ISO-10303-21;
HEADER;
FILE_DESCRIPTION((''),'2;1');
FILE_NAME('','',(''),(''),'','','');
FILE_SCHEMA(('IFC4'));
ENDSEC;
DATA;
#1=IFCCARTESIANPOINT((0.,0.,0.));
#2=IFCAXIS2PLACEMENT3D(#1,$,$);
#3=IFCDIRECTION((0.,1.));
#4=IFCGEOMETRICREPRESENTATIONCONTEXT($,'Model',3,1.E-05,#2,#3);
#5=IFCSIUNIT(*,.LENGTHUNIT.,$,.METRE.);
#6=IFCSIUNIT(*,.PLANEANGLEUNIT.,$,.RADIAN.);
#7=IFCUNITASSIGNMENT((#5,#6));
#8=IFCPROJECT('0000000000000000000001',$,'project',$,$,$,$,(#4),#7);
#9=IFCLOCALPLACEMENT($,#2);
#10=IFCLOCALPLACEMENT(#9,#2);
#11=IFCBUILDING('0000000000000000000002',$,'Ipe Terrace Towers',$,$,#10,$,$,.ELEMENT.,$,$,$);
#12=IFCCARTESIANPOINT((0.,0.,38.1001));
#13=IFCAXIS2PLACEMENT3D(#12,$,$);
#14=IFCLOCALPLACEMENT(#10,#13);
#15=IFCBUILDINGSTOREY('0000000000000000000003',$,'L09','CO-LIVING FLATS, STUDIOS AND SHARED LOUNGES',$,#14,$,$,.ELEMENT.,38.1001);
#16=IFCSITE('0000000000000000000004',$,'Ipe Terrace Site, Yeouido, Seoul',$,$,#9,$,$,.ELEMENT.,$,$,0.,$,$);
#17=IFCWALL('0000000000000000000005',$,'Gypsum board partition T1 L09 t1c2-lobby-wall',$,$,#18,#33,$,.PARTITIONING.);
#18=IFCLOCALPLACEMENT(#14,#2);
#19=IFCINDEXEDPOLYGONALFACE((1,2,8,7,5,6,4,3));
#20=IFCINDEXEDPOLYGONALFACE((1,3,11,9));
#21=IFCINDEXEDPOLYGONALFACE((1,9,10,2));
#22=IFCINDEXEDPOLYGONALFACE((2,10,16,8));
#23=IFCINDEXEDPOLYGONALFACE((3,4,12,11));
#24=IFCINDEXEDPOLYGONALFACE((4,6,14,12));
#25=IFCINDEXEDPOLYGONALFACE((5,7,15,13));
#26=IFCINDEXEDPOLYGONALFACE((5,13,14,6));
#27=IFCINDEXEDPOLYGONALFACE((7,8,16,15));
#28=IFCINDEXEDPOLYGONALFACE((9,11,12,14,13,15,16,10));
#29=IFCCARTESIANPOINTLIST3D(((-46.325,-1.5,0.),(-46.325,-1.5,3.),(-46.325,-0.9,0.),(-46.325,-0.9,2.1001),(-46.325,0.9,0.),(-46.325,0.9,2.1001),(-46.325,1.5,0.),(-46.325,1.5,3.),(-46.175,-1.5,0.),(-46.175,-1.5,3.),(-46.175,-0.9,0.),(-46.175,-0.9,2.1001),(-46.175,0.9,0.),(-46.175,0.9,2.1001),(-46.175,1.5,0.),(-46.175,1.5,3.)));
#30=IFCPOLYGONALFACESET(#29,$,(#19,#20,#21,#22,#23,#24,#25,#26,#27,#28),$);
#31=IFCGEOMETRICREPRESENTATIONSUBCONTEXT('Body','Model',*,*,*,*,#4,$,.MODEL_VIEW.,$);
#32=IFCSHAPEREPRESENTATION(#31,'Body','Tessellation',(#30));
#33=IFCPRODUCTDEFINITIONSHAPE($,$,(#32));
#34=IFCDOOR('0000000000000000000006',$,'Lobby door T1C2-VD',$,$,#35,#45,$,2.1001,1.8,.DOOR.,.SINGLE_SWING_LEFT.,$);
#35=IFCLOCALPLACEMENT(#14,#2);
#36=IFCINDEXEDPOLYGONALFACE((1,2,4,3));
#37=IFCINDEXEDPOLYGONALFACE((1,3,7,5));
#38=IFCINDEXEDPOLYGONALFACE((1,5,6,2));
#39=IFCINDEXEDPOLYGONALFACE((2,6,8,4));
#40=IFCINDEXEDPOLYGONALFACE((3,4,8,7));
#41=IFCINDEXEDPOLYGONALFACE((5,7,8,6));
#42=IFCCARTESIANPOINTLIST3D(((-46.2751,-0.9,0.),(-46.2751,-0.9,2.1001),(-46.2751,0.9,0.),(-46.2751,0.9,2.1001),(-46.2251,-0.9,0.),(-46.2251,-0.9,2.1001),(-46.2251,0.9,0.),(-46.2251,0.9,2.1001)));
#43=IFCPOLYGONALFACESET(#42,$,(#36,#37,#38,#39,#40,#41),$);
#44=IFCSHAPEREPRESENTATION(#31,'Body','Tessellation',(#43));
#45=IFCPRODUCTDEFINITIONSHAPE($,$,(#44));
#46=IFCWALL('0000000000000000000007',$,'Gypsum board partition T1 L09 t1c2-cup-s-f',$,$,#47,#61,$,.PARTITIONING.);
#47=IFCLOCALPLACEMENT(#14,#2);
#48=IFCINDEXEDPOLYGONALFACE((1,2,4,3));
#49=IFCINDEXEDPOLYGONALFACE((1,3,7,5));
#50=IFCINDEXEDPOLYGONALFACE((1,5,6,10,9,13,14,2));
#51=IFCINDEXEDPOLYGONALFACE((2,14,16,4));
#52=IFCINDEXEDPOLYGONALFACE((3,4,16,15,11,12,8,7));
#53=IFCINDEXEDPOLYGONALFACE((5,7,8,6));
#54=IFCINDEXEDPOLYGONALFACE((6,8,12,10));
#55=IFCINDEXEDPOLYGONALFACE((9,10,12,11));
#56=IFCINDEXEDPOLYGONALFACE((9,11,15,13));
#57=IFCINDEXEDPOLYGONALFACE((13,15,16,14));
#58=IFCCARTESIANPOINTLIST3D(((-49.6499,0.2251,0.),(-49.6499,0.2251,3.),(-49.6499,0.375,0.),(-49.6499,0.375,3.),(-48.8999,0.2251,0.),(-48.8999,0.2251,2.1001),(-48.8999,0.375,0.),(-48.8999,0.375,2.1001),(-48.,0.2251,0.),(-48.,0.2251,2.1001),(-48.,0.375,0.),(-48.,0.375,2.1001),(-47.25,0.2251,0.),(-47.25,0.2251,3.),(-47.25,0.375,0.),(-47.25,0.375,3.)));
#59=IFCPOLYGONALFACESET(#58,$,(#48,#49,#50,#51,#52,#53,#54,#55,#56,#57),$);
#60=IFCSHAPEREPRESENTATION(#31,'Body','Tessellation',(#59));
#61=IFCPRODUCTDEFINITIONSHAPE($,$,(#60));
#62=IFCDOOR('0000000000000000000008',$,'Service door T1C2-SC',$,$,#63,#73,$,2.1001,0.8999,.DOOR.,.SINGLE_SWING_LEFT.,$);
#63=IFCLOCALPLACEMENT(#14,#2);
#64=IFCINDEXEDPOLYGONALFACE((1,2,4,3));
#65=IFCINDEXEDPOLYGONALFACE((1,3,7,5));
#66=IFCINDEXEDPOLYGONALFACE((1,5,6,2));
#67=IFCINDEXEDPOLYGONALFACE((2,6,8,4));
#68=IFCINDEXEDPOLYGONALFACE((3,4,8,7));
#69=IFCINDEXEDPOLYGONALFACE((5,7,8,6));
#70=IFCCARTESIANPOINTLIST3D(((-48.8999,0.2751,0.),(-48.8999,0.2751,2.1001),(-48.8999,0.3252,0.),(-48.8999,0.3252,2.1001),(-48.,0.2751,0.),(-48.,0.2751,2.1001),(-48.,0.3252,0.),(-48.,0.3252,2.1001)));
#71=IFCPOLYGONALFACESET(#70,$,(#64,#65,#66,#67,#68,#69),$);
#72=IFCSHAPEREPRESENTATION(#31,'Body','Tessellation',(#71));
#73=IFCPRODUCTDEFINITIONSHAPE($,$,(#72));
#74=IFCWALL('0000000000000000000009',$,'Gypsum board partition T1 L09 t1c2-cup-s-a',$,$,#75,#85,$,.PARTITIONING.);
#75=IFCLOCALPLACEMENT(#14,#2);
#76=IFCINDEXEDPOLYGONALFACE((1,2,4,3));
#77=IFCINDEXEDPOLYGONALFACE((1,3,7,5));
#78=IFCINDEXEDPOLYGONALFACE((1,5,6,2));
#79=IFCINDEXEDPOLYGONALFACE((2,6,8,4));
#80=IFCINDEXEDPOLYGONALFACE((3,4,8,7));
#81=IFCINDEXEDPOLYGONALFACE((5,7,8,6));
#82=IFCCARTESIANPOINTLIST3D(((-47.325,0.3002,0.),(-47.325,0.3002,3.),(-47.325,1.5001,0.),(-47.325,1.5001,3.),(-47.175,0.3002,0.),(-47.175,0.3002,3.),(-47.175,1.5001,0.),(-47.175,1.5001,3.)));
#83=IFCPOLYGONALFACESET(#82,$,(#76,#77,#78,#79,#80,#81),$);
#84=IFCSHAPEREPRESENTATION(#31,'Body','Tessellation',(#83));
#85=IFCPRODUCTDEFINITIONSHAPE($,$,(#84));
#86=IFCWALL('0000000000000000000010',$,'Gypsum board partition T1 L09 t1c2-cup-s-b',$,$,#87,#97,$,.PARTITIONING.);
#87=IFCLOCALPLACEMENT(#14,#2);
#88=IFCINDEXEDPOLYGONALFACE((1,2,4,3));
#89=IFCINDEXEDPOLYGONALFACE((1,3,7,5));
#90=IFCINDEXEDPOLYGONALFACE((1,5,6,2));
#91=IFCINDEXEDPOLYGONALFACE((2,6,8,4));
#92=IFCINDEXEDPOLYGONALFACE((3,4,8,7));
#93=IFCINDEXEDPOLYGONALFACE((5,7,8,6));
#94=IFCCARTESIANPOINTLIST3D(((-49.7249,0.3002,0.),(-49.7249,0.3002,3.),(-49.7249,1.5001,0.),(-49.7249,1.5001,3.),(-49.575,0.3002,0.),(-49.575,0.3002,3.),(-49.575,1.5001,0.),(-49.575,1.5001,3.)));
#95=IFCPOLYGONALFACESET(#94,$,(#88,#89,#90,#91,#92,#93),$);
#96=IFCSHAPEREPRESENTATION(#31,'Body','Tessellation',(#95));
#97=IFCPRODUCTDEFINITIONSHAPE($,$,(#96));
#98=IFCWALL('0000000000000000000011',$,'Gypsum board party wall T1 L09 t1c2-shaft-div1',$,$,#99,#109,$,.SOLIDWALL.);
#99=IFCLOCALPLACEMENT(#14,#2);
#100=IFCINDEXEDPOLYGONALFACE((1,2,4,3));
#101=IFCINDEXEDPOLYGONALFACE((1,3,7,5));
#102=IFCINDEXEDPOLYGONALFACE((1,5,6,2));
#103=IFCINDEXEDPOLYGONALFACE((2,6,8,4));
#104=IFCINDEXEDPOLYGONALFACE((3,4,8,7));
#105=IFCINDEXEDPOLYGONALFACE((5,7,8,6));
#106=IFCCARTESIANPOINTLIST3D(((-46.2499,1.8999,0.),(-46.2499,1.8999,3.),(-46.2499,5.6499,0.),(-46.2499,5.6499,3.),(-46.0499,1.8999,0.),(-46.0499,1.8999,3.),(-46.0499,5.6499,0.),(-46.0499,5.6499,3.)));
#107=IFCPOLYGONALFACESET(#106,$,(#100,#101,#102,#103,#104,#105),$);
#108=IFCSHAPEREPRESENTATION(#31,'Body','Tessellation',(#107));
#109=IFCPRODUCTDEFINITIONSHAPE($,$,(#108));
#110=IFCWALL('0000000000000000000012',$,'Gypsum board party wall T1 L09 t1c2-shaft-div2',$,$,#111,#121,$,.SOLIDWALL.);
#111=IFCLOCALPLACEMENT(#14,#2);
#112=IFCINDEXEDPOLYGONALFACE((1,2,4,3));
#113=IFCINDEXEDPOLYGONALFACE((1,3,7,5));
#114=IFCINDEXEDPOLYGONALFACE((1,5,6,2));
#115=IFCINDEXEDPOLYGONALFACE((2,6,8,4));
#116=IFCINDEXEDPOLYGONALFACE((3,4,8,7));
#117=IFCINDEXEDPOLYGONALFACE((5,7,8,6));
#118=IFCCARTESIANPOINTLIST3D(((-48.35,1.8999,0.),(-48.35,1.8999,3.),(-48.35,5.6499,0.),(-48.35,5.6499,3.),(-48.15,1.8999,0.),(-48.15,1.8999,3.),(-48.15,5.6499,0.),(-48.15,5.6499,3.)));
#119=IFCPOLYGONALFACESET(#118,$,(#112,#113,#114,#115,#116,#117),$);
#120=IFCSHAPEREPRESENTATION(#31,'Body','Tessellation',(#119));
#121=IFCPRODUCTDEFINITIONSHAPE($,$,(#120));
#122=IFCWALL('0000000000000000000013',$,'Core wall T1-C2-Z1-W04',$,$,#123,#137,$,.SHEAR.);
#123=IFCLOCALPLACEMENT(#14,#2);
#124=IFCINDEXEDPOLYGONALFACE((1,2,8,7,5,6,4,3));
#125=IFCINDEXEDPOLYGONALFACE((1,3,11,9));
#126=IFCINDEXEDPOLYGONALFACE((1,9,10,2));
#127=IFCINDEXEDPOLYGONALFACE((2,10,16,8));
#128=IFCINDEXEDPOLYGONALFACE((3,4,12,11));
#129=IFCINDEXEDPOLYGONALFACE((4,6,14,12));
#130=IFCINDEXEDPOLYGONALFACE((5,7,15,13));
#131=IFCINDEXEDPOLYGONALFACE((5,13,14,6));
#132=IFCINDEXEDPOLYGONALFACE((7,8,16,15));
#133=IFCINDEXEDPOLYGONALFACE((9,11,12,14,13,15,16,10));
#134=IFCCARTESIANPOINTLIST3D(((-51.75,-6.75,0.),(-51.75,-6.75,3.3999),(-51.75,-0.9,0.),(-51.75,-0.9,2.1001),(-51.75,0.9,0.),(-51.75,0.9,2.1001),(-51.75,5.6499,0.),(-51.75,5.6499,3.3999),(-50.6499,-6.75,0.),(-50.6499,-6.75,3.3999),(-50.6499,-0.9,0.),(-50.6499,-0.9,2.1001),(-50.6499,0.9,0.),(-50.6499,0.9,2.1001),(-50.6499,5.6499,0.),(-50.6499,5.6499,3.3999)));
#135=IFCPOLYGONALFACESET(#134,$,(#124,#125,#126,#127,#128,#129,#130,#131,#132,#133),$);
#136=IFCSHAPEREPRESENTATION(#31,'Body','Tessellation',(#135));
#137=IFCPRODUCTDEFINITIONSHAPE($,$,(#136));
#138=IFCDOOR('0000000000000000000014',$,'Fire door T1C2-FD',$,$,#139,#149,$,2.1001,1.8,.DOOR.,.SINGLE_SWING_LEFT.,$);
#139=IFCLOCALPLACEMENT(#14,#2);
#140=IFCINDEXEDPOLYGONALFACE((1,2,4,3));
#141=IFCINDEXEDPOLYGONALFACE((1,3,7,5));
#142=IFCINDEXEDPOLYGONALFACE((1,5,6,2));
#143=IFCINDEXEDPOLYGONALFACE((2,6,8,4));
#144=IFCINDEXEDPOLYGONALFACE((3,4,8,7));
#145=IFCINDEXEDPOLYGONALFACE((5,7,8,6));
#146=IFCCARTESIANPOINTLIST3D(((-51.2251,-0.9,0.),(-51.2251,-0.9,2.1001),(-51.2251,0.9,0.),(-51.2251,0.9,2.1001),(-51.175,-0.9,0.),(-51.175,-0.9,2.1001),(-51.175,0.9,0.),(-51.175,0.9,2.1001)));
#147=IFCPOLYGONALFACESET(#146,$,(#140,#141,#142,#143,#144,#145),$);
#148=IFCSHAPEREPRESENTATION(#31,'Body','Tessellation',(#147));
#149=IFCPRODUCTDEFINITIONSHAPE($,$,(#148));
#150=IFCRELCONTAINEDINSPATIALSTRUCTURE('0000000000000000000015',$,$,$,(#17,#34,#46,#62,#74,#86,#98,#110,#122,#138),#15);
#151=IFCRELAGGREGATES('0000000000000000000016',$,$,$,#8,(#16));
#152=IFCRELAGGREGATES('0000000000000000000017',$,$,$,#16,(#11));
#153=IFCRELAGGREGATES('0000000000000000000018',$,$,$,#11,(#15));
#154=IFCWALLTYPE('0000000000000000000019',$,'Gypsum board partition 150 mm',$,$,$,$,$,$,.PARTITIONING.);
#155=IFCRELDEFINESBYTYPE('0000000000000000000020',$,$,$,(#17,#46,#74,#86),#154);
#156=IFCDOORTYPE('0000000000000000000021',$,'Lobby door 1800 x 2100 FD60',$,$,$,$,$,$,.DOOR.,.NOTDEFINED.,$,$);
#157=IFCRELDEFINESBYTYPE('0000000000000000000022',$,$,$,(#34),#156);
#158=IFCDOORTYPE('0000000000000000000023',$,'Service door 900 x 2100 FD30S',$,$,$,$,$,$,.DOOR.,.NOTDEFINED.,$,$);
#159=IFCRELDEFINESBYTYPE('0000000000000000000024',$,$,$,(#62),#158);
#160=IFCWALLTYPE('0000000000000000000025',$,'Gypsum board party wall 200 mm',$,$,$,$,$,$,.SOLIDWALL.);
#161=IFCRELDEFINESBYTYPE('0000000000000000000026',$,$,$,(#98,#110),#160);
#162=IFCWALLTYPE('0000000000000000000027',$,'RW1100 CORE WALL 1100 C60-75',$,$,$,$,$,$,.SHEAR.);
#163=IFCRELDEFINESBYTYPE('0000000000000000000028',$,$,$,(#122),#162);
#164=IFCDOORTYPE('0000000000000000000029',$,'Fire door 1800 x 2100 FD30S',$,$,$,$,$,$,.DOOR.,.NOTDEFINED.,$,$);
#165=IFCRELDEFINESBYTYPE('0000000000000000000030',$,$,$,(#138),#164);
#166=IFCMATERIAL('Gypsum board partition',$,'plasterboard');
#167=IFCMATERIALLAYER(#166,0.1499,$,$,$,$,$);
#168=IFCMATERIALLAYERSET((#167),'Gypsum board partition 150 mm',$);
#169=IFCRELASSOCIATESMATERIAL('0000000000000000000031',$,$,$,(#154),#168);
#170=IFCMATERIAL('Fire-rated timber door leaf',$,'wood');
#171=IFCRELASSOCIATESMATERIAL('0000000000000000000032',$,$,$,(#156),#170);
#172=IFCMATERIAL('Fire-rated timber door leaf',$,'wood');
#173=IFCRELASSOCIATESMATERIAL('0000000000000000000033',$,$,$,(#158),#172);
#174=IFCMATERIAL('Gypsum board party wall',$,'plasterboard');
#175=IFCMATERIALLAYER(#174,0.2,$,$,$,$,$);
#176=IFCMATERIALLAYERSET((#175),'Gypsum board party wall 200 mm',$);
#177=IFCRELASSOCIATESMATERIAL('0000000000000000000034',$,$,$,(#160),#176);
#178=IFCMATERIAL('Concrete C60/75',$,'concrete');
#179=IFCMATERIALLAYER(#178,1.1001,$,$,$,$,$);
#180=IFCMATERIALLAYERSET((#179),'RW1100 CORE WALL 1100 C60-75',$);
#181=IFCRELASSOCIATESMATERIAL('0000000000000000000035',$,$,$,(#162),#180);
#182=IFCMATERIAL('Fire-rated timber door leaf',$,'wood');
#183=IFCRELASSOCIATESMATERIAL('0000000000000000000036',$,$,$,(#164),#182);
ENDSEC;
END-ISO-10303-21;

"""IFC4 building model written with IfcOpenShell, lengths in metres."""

from ifc_helpers import new_model, si_unit, direction, frame, frame_2d, origin, place, context, subcontext, project, spatial, rectangle, extrude, material, layer, layer_set, type_object, element, fill, save


model = new_model("IFC4")

# Units and contexts
model_context = context("Model", 3, precision=1e-05, world=origin(), true_north=direction((0.0, 1.0)))
body_context = subcontext(model_context, "Body", "Model", "MODEL_VIEW")
ifc_project = project(units=[si_unit("LENGTHUNIT", "METRE"), si_unit("PLANEANGLEUNIT", "RADIAN")], contexts=[model_context])

# Site, building, storey
site_placement = place(None, origin())
site = spatial("IfcSite", under=ifc_project, at=site_placement, Name="Ipe Terrace Site, Yeouido, Seoul", CompositionType="ELEMENT", RefElevation=0.0)
building_placement = place(site_placement, origin())
building = spatial("IfcBuilding", under=site, at=building_placement, Name="Ipe Terrace Towers", CompositionType="ELEMENT")
storey_placement = place(building_placement, frame((0.0, 0.0, 38.1001)))
storey = spatial("IfcBuildingStorey", under=building, at=storey_placement, Name="L09", Description="CO-LIVING FLATS, STUDIOS AND SHARED LOUNGES", CompositionType="ELEMENT", Elevation=38.1001)

# Walls, openings, doors
ifc_material_1 = material(Name="Gypsum board partition", Category="plasterboard")
ifc_layer_1 = layer(ifc_material_1, 0.1499)
ifc_layer_set_1 = layer_set([ifc_layer_1], Name="Gypsum board partition 150 mm")
wall_type_1 = type_object("IfcWallType", Name="Gypsum board partition 150 mm", PredefinedType="PARTITIONING", material=ifc_layer_set_1)
wall_1_placement = place(storey_placement, frame((-46.25, 1.5, 0.0), z_axis=(0.0, 0.0, 1.0), x_axis=(0.0, -1.0, 0.0)))
wall_1 = element("IfcWall", 1, at=wall_1_placement, inside=storey, type_object=wall_type_1, Name="Gypsum board partition T1 L09 t1c2-lobby-wall", PredefinedType="PARTITIONING", context=body_context, shape_type="SweptSolid", body=[
    extrude(rectangle(XDim=3.0, YDim=0.1499, at=frame_2d((1.5, 0.0))), origin(), (0.0, 0.0, 1.0), 3.0),
])
opening_1_placement = place(wall_1_placement, frame((0.6001, 0.0, 0.0)))
opening_1 = element("IfcOpeningElement", 2, at=opening_1_placement, cuts=wall_1, PredefinedType="OPENING", context=body_context, shape_type="SweptSolid", body=[
    extrude(rectangle(XDim=1.8, YDim=2.1001, at=frame_2d((0.8999, 1.05))), frame((0.0, 0.085, 0.0), z_axis=(0.0, -1.0, 0.0), x_axis=(1.0, 0.0, 0.0)), (0.0, 0.0, 1.0), 0.1699),
])
ifc_material_2 = material(Name="Fire-rated timber door leaf", Category="wood")
door_type_1 = type_object("IfcDoorType", Name="Lobby door 1800 x 2100 FD60", OperationType="NOTDEFINED", PredefinedType="DOOR", material=ifc_material_2)
door_1_placement = place(opening_1_placement, origin())
door_1 = element("IfcDoor", 3, at=door_1_placement, inside=storey, type_object=door_type_1, Name="Lobby door T1C2-VD", OperationType="SINGLE_SWING_LEFT", OverallHeight=2.1001, OverallWidth=1.8, PredefinedType="DOOR", context=body_context, shape_type="SweptSolid", body=[
    extrude(rectangle(XDim=1.8, YDim=2.1001, at=frame_2d((0.8999, 1.05))), frame((0.0, 0.0249, 0.0), z_axis=(0.0, -1.0, 0.0), x_axis=(1.0, 0.0, 0.0)), (0.0, 0.0, 1.0), 0.05),
])
fill(opening_1, door_1)
wall_2_placement = place(storey_placement, frame((-47.25, 0.3, 0.0), z_axis=(0.0, 0.0, 1.0), x_axis=(-1.0, 0.0, 0.0)))
wall_2 = element("IfcWall", 4, at=wall_2_placement, inside=storey, type_object=wall_type_1, Name="Gypsum board partition T1 L09 t1c2-cup-s-f", PredefinedType="PARTITIONING", context=body_context, shape_type="SweptSolid", body=[
    extrude(rectangle(XDim=2.3999, YDim=0.1499, at=frame_2d((1.2, 0.0))), origin(), (0.0, 0.0, 1.0), 3.0),
])
opening_2_placement = place(wall_2_placement, frame((0.75, 0.0, 0.0)))
opening_2 = element("IfcOpeningElement", 5, at=opening_2_placement, cuts=wall_2, PredefinedType="OPENING", context=body_context, shape_type="SweptSolid", body=[
    extrude(rectangle(XDim=0.8999, YDim=2.1001, at=frame_2d((0.45, 1.05))), frame((0.0, 0.085, 0.0), z_axis=(0.0, -1.0, 0.0), x_axis=(1.0, 0.0, 0.0)), (0.0, 0.0, 1.0), 0.1699),
])
ifc_material_3 = material(Name="Fire-rated timber door leaf", Category="wood")
door_type_2 = type_object("IfcDoorType", Name="Service door 900 x 2100 FD30S", OperationType="NOTDEFINED", PredefinedType="DOOR", material=ifc_material_3)
door_2_placement = place(opening_2_placement, origin())
door_2 = element("IfcDoor", 6, at=door_2_placement, inside=storey, type_object=door_type_2, Name="Service door T1C2-SC", OperationType="SINGLE_SWING_LEFT", OverallHeight=2.1001, OverallWidth=0.8999, PredefinedType="DOOR", context=body_context, shape_type="SweptSolid", body=[
    extrude(rectangle(XDim=0.8999, YDim=2.1001, at=frame_2d((0.45, 1.05))), frame((0.0, 0.0249, 0.0), z_axis=(0.0, -1.0, 0.0), x_axis=(1.0, 0.0, 0.0)), (0.0, 0.0, 1.0), 0.05),
])
fill(opening_2, door_2)

# Walls
for number, where, z_axis, x_axis, name in (
    (7, (-47.25, 0.3, 0.0), (0.0, 0.0, 1.0), (0.0, 1.0, 0.0), "Gypsum board partition T1 L09 t1c2-cup-s-a"),
    (8, (-49.6499, 0.3, 0.0), (0.0, 0.0, 1.0), (0.0, 1.0, 0.0), "Gypsum board partition T1 L09 t1c2-cup-s-b"),
):
    element("IfcWall", number, at=place(storey_placement, frame(where, z_axis=z_axis, x_axis=x_axis)), inside=storey, type_object=wall_type_1, Name=name, PredefinedType="PARTITIONING", context=body_context, shape_type="SweptSolid", body=[
        extrude(rectangle(XDim=1.2, YDim=0.1499, at=frame_2d((0.6001, 0.0))), origin(), (0.0, 0.0, 1.0), 3.0),
    ])
ifc_material_4 = material(Name="Gypsum board party wall", Category="plasterboard")
ifc_layer_2 = layer(ifc_material_4, 0.2)
ifc_layer_set_2 = layer_set([ifc_layer_2], Name="Gypsum board party wall 200 mm")
wall_type_2 = type_object("IfcWallType", Name="Gypsum board party wall 200 mm", PredefinedType="SOLIDWALL", material=ifc_layer_set_2)
for number, where, z_axis, x_axis, name in (
    (9, (-46.1499, 5.6499, 0.0), (0.0, 0.0, 1.0), (0.0, -1.0, 0.0), "Gypsum board party wall T1 L09 t1c2-shaft-div1"),
    (10, (-48.25, 5.6499, 0.0), (0.0, 0.0, 1.0), (0.0, -1.0, 0.0), "Gypsum board party wall T1 L09 t1c2-shaft-div2"),
):
    element("IfcWall", number, at=place(storey_placement, frame(where, z_axis=z_axis, x_axis=x_axis)), inside=storey, type_object=wall_type_2, Name=name, PredefinedType="SOLIDWALL", context=body_context, shape_type="SweptSolid", body=[
        extrude(rectangle(XDim=3.75, YDim=0.2, at=frame_2d((1.875, 0.0))), origin(), (0.0, 0.0, 1.0), 3.0),
    ])

# Wall, opening, door
ifc_material_5 = material(Name="Concrete C60/75", Category="concrete")
ifc_layer_3 = layer(ifc_material_5, 1.1001)
ifc_layer_set_3 = layer_set([ifc_layer_3], Name="RW1100 CORE WALL 1100 C60-75")
wall_type_3 = type_object("IfcWallType", Name="RW1100 CORE WALL 1100 C60-75", PredefinedType="SHEAR", material=ifc_layer_set_3)
wall_3_placement = place(storey_placement, frame((-51.2, 5.6499, 0.0), z_axis=(0.0, 0.0, 1.0), x_axis=(0.0, -1.0, 0.0)))
wall_3 = element("IfcWall", 11, at=wall_3_placement, inside=storey, type_object=wall_type_3, Name="Core wall T1-C2-Z1-W04", PredefinedType="SHEAR", context=body_context, shape_type="SweptSolid", body=[
    extrude(rectangle(XDim=12.3999, YDim=1.1001, at=frame_2d((6.2, 0.0))), origin(), (0.0, 0.0, 1.0), 3.3999),
])
opening_3_placement = place(wall_3_placement, frame((4.75, 0.0, 0.0)))
opening_3 = element("IfcOpeningElement", 12, at=opening_3_placement, cuts=wall_3, PredefinedType="OPENING", context=body_context, shape_type="SweptSolid", body=[
    extrude(rectangle(XDim=1.8, YDim=2.1001, at=frame_2d((0.8999, 1.05))), frame((0.0, 0.5601, 0.0), z_axis=(0.0, -1.0, 0.0), x_axis=(1.0, 0.0, 0.0)), (0.0, 0.0, 1.0), 1.1201),
])
ifc_material_6 = material(Name="Fire-rated timber door leaf", Category="wood")
door_type_3 = type_object("IfcDoorType", Name="Fire door 1800 x 2100 FD30S", OperationType="NOTDEFINED", PredefinedType="DOOR", material=ifc_material_6)
door_3_placement = place(opening_3_placement, origin())
door_3 = element("IfcDoor", 13, at=door_3_placement, inside=storey, type_object=door_type_3, Name="Fire door T1C2-FD", OperationType="SINGLE_SWING_LEFT", OverallHeight=2.1001, OverallWidth=1.8, PredefinedType="DOOR", context=body_context, shape_type="SweptSolid", body=[
    extrude(rectangle(XDim=1.8, YDim=2.1001, at=frame_2d((0.8999, 1.05))), frame((0.0, 0.0249, 0.0), z_axis=(0.0, -1.0, 0.0), x_axis=(1.0, 0.0, 0.0)), (0.0, 0.0, 1.0), 0.05),
])
fill(opening_3, door_3)

save(model, "model.ifc")
